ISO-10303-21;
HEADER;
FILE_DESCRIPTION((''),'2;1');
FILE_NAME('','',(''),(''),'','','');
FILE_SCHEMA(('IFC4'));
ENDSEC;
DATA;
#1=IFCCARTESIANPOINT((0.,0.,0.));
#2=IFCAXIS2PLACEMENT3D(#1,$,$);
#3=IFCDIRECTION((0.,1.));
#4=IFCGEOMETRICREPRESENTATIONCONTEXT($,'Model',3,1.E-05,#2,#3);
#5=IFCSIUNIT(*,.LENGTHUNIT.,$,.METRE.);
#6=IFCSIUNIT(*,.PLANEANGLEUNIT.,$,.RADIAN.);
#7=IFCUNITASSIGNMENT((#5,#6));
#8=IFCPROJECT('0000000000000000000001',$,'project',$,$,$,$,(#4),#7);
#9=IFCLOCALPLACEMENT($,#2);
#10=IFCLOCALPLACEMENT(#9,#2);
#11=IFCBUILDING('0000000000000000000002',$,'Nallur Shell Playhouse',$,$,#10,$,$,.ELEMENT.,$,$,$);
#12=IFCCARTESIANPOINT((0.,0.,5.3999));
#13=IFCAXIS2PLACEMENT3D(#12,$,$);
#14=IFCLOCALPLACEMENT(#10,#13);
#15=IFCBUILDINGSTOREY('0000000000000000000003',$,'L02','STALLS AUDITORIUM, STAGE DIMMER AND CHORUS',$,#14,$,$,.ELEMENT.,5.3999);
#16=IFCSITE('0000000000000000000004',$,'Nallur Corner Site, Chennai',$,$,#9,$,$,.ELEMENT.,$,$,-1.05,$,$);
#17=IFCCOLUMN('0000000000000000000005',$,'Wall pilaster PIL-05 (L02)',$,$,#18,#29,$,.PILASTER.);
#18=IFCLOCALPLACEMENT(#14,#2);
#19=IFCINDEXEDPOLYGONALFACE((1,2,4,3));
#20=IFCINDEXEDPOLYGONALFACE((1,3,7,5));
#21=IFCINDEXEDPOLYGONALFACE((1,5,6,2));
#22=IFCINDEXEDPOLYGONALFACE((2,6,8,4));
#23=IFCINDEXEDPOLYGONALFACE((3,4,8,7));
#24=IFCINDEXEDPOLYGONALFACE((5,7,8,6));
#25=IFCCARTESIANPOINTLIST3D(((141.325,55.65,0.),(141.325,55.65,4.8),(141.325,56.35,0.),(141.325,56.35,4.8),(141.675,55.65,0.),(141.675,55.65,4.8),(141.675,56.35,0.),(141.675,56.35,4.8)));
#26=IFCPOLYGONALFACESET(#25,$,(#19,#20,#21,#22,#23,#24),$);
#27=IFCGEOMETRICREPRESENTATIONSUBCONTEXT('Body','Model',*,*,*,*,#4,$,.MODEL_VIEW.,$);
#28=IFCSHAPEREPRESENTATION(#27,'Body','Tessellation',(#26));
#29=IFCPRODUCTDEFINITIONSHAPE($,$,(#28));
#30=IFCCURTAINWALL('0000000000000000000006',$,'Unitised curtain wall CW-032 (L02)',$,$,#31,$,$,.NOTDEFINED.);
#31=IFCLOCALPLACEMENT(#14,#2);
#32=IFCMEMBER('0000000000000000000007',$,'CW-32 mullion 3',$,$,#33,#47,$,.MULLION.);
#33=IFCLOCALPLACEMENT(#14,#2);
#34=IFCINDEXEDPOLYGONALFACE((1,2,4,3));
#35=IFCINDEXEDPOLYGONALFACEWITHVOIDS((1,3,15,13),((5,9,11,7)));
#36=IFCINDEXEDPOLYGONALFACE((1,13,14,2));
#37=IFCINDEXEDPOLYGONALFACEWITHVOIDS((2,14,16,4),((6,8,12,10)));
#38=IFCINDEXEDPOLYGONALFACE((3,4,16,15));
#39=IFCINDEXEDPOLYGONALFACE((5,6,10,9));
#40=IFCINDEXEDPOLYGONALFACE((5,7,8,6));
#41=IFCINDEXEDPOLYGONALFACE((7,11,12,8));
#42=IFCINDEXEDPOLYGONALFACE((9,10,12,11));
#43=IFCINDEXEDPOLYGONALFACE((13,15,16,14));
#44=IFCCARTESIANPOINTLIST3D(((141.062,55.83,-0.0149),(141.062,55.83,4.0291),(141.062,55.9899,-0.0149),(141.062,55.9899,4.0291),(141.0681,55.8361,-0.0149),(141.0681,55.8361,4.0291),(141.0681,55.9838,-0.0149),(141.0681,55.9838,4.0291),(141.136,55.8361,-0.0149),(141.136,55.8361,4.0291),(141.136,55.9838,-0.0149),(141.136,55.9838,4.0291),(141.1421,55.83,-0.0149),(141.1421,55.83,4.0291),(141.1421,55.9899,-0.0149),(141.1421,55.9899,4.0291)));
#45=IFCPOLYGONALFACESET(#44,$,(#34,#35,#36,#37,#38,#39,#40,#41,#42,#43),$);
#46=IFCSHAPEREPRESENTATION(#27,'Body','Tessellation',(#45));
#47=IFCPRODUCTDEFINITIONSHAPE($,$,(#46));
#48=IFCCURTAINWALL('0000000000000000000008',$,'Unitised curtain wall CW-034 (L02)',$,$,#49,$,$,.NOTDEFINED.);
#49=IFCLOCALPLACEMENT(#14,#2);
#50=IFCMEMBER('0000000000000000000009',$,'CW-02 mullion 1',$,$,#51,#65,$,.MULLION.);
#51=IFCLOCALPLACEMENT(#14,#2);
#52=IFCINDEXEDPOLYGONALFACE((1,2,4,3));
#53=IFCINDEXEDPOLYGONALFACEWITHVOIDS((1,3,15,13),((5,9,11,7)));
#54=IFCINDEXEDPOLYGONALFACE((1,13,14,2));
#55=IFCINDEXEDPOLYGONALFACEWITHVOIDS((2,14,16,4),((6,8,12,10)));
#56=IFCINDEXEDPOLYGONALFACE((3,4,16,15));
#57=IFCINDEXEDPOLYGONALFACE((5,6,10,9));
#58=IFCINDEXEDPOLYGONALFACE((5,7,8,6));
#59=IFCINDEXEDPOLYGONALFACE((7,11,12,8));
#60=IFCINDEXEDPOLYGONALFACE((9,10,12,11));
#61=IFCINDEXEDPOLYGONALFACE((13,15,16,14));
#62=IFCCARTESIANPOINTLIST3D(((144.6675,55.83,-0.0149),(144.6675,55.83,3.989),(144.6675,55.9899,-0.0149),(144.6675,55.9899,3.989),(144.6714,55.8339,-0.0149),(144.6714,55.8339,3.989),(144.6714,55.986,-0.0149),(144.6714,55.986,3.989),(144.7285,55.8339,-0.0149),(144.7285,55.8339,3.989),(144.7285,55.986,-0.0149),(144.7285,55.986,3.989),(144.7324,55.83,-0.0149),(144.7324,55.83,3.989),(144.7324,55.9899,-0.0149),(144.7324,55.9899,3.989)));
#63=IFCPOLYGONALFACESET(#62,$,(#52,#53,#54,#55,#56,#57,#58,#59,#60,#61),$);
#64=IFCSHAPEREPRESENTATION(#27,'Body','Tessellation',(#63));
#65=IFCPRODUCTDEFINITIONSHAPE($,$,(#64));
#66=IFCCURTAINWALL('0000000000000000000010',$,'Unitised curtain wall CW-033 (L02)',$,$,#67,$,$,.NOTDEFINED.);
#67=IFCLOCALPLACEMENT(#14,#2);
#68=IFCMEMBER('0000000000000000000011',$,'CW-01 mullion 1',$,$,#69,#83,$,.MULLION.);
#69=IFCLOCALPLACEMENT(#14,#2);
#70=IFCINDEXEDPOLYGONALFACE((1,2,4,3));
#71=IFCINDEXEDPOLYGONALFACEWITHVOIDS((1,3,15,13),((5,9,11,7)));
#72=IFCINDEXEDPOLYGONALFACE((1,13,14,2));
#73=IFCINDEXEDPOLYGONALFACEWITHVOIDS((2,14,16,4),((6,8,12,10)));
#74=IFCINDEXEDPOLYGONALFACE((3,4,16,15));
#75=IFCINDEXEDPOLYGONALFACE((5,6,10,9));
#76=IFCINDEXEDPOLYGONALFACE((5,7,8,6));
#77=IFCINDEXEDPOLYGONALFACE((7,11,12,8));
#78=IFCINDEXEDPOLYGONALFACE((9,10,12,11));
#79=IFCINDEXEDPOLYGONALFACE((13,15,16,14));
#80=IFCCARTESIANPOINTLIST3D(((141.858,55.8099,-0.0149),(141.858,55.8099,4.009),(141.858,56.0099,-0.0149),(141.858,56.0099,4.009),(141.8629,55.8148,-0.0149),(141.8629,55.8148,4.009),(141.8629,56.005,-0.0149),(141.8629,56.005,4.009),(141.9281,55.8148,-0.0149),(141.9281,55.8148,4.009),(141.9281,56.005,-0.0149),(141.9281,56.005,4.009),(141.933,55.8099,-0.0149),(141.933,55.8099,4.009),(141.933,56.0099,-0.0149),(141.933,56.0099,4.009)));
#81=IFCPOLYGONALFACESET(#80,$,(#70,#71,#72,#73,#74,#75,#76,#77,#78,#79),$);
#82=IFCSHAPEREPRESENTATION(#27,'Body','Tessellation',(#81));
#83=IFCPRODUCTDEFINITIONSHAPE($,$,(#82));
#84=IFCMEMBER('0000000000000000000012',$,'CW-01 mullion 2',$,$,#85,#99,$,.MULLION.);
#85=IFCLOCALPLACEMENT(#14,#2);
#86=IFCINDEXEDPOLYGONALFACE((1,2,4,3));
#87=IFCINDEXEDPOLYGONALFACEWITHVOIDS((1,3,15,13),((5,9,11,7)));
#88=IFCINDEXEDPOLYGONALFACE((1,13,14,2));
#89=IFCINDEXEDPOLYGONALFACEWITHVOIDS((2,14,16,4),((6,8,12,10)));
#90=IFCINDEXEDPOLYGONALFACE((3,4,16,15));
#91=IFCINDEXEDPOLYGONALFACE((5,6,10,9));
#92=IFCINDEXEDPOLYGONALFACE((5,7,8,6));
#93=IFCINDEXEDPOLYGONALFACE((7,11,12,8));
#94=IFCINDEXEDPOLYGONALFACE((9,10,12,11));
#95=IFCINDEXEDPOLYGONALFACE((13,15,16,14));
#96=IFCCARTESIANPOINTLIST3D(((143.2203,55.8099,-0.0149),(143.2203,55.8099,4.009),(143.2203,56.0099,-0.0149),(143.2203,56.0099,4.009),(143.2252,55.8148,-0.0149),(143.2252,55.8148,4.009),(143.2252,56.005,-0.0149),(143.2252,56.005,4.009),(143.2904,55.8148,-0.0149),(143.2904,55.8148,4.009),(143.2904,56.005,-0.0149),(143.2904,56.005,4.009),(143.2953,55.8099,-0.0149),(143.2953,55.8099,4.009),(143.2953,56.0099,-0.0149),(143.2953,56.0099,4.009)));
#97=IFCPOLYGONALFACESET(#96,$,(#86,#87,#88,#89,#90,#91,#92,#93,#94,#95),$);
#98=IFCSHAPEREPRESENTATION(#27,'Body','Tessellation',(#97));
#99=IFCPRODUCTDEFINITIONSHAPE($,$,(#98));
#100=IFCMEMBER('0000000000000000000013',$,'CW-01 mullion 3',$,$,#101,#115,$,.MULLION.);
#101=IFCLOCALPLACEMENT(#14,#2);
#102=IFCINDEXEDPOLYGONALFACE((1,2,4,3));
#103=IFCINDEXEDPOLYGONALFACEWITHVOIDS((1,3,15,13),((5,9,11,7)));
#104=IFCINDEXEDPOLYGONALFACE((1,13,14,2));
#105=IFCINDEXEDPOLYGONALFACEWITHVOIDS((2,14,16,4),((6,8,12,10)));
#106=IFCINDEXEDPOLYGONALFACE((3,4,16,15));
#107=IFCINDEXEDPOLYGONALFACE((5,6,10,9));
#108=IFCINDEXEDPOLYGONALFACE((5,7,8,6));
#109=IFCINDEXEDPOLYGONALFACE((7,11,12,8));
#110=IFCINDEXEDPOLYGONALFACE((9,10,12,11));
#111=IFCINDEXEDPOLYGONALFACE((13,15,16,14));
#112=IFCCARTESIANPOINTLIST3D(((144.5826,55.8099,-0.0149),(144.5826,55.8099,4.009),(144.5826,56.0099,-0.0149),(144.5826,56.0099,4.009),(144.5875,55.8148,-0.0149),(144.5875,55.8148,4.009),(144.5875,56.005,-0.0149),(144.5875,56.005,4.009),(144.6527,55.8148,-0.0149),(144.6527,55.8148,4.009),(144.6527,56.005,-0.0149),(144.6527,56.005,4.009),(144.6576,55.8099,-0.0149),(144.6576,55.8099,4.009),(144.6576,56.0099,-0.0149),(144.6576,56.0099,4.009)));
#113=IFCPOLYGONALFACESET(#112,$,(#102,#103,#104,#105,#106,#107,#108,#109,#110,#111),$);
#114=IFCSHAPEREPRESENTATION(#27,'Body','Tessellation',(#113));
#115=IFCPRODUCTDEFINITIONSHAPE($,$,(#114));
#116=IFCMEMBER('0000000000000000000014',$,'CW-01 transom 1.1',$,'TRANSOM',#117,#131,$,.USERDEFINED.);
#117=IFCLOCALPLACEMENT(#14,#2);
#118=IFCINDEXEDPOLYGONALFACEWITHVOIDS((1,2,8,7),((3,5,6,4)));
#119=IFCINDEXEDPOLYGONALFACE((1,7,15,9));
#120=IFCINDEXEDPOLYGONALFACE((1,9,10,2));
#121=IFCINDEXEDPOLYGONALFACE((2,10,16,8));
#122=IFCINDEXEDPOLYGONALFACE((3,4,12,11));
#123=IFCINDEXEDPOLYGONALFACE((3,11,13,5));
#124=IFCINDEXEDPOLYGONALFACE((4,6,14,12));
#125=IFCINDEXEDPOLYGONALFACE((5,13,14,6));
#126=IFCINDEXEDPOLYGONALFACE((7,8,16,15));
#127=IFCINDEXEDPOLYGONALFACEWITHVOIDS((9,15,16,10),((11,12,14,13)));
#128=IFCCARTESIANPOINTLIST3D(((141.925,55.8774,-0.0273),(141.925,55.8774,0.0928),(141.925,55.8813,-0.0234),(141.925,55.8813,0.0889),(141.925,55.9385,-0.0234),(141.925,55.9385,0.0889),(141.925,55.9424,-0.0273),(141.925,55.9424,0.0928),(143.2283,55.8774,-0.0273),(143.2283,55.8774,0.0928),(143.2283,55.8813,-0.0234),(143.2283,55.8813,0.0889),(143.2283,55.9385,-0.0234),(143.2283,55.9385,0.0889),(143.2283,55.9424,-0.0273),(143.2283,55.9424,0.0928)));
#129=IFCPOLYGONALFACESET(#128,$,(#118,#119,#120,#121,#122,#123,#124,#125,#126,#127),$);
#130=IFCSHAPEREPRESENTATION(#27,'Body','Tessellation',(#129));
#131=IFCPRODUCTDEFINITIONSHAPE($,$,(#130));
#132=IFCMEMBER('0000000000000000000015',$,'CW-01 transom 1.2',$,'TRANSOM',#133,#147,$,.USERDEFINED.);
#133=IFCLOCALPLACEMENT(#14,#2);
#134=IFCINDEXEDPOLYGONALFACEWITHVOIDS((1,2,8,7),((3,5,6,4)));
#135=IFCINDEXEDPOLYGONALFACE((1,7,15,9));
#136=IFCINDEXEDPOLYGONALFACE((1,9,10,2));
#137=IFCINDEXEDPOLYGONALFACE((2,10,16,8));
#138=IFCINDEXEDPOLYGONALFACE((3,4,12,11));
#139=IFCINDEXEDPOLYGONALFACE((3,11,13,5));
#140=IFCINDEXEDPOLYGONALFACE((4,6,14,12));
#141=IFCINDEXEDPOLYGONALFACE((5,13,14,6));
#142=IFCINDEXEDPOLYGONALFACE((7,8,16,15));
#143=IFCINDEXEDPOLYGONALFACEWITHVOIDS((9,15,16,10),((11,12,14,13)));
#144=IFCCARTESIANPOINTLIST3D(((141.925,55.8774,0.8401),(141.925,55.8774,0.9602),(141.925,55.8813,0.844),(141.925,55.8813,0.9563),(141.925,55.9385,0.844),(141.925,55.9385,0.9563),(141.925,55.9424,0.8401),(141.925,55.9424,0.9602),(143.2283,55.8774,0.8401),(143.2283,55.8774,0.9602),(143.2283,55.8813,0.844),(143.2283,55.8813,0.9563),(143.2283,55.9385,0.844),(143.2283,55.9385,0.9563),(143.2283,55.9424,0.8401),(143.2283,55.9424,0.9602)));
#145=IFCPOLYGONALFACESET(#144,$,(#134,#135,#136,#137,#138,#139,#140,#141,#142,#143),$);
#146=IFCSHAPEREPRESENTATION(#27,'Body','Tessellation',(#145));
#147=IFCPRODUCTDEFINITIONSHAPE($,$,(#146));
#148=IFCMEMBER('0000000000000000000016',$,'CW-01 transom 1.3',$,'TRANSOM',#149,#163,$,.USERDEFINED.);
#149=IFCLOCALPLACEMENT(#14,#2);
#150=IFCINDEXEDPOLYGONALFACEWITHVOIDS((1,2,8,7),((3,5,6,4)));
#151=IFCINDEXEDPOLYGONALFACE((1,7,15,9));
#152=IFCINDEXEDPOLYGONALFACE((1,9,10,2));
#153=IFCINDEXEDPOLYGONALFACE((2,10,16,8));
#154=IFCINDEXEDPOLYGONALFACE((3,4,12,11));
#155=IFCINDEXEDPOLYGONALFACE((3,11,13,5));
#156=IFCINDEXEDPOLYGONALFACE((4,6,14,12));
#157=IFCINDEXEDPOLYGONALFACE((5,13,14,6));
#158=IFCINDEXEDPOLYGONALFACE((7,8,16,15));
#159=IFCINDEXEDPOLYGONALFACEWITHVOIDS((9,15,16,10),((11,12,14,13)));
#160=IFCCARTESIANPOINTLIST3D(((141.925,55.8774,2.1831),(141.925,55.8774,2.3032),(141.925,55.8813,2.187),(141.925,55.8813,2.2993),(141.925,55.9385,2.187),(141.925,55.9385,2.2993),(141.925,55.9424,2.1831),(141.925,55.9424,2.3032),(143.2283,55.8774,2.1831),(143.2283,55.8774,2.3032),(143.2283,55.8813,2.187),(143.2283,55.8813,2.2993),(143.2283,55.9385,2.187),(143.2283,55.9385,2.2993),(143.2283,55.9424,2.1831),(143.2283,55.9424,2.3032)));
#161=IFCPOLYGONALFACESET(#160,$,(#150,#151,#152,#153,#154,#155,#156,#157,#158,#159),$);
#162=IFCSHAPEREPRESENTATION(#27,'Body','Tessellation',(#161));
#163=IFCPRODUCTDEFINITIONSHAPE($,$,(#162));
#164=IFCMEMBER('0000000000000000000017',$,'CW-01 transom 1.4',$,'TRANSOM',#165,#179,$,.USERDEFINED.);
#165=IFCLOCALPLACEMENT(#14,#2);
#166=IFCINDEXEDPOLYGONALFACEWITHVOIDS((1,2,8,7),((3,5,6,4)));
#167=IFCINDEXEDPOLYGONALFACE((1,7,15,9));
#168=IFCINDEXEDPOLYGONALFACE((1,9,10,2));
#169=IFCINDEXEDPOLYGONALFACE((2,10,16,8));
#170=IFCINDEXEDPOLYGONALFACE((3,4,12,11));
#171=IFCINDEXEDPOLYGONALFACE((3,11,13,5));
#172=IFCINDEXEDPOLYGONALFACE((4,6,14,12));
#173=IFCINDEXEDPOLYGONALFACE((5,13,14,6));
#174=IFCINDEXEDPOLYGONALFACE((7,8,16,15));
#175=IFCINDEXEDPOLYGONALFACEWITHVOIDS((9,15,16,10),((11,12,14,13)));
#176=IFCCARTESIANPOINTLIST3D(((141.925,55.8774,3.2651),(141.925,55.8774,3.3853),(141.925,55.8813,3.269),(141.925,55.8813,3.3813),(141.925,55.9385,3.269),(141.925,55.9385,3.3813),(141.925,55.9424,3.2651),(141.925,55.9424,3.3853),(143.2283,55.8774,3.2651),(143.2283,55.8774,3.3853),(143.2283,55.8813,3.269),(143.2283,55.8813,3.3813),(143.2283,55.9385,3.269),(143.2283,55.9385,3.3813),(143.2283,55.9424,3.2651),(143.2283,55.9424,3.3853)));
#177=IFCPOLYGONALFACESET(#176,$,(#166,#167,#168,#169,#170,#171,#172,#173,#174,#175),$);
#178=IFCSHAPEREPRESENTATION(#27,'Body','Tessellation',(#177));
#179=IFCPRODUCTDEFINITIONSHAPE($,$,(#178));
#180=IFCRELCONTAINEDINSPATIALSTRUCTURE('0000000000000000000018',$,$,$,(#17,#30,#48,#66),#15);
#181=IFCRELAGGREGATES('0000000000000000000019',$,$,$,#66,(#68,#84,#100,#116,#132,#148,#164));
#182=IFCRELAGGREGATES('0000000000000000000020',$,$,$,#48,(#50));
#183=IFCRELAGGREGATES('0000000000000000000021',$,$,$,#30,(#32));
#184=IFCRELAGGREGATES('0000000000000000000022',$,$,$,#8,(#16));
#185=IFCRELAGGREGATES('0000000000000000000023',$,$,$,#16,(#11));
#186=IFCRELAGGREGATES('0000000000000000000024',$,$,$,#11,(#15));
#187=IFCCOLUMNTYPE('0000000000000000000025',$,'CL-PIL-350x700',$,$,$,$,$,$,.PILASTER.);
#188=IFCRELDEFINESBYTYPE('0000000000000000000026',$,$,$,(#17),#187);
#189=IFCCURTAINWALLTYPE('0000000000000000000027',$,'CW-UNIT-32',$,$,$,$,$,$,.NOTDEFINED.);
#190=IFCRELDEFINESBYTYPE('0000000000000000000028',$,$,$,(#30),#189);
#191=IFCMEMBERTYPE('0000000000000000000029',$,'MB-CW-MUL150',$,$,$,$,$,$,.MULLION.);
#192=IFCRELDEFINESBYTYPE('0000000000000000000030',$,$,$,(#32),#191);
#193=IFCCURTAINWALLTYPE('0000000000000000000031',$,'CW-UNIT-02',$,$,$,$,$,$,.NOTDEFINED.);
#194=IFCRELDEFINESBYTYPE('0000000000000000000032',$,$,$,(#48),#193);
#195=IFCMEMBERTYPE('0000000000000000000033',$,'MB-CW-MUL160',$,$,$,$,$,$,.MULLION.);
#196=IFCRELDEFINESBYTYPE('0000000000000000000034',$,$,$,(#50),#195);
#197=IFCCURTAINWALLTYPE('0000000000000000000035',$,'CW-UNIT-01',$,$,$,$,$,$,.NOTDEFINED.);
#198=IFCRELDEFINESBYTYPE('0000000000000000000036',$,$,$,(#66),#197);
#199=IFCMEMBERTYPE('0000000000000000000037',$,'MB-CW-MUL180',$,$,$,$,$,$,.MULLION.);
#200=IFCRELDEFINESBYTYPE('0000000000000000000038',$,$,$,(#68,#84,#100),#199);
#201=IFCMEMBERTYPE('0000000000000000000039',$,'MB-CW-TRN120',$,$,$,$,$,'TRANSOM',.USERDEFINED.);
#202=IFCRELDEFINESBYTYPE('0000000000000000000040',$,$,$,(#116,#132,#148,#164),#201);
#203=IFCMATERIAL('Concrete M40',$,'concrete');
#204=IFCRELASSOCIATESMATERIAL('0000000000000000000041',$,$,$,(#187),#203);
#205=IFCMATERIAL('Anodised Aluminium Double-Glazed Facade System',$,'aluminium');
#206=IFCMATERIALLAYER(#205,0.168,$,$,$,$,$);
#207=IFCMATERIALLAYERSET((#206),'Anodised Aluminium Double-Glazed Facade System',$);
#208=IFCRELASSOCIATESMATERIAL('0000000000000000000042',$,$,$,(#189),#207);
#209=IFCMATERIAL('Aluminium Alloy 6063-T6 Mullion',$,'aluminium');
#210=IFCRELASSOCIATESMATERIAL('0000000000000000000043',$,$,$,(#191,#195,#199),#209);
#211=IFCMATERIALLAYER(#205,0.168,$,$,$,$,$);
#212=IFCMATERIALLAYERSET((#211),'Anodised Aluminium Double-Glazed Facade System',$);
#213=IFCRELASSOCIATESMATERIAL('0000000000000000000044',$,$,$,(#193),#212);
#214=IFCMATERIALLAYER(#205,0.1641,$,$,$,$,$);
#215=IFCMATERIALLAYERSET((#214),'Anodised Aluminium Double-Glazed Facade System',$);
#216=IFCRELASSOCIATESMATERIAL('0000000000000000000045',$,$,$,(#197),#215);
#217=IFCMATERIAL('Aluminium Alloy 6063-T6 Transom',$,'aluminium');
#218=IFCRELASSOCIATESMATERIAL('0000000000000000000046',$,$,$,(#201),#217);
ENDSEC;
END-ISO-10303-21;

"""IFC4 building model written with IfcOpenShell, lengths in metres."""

from ifc_helpers import new_model, si_unit, direction, frame, origin, origin_2d, place, context, subcontext, project, spatial, rectangle, hollow_rectangle, extrude, material, layer, layer_set, material_profile, profile_set, type_object, element, aggregate, save


model = new_model("IFC4")

# Units and contexts
model_context = context("Model", 3, precision=1e-05, world=origin(), true_north=direction((0.0, 1.0)))
body_context = subcontext(model_context, "Body", "Model", "MODEL_VIEW")
ifc_project = project(units=[si_unit("LENGTHUNIT", "METRE"), si_unit("PLANEANGLEUNIT", "RADIAN")], contexts=[model_context])

# Site, building, storey
site_placement = place(None, origin())
site = spatial("IfcSite", under=ifc_project, at=site_placement, Name="Nallur Corner Site, Chennai", CompositionType="ELEMENT", RefElevation=-1.05)
building_placement = place(site_placement, origin())
building = spatial("IfcBuilding", under=site, at=building_placement, Name="Nallur Shell Playhouse", CompositionType="ELEMENT")
storey_placement = place(building_placement, frame((0.0, 0.0, 5.3999)))
storey = spatial("IfcBuildingStorey", under=building, at=storey_placement, Name="L02", Description="STALLS AUDITORIUM, STAGE DIMMER AND CHORUS", CompositionType="ELEMENT", Elevation=5.3999)

# Column
ifc_material_1 = material(Name="Concrete M40", Category="concrete")
ifc_material_profile_1 = material_profile(ifc_material_1, rectangle(XDim=0.3501, YDim=0.7, at=origin_2d()), Name="RC 350x700")
ifc_profile_set_1 = profile_set([ifc_material_profile_1], Name="Concrete M40")
column_type = type_object("IfcColumnType", Name="CL-PIL-350x700", PredefinedType="PILASTER", material=ifc_profile_set_1)
column_placement = place(storey_placement, frame((141.5, 56.0, 0.0), z_axis=(0.0, 0.0, 1.0), x_axis=(1.0, 0.0, 0.0)))
element("IfcColumn", 1, at=column_placement, inside=storey, type_object=column_type, Name="Wall pilaster PIL-05 (L02)", PredefinedType="PILASTER", context=body_context, shape_type="SweptSolid", body=[
    extrude(rectangle(XDim=0.3501, YDim=0.7, at=origin_2d()), origin(), (0.0, 0.0, 1.0), 4.8),
])

# Curtain walls, members
ifc_material_2 = material(Name="Anodised Aluminium Double-Glazed Facade System", Category="aluminium")
ifc_layer_1 = layer(ifc_material_2, 0.168)
ifc_layer_set_1 = layer_set([ifc_layer_1], Name="Anodised Aluminium Double-Glazed Facade System")
curtain_wall_type_1 = type_object("IfcCurtainWallType", Name="CW-UNIT-32", PredefinedType="NOTDEFINED", material=ifc_layer_set_1)
curtain_wall_1_placement = place(storey_placement, origin())
curtain_wall_1 = element("IfcCurtainWall", 2, at=curtain_wall_1_placement, inside=storey, type_object=curtain_wall_type_1, Name="Unitised curtain wall CW-032 (L02)", PredefinedType="NOTDEFINED")
ifc_material_3 = material(Name="Aluminium Alloy 6063-T6 Mullion", Category="aluminium")
ifc_material_profile_2 = material_profile(ifc_material_3, hollow_rectangle(XDim=0.0801, YDim=0.1599, WallThickness=0.0061, at=origin_2d()), Name="RHS 160x80x6")
ifc_profile_set_2 = profile_set([ifc_material_profile_2], Name="Aluminium Alloy 6063-T6 Mullion")
member_type_1 = type_object("IfcMemberType", Name="MB-CW-MUL150", PredefinedType="MULLION", material=ifc_profile_set_2)
member_1_placement = place(storey_placement, frame((141.1021, 55.9099, -0.0149), z_axis=(0.0, 0.0, 1.0), x_axis=(1.0, 0.0, 0.0)))
member_1 = element("IfcMember", 3, at=member_1_placement, type_object=member_type_1, Name="CW-32 mullion 3", PredefinedType="MULLION", context=body_context, shape_type="SweptSolid", body=[
    extrude(hollow_rectangle(XDim=0.0801, YDim=0.1599, WallThickness=0.0061, at=origin_2d()), origin(), (0.0, 0.0, 1.0), 4.0439),
])
ifc_layer_2 = layer(ifc_material_2, 0.168)
ifc_layer_set_2 = layer_set([ifc_layer_2], Name="Anodised Aluminium Double-Glazed Facade System")
curtain_wall_type_2 = type_object("IfcCurtainWallType", Name="CW-UNIT-02", PredefinedType="NOTDEFINED", material=ifc_layer_set_2)
curtain_wall_2_placement = place(storey_placement, origin())
curtain_wall_2 = element("IfcCurtainWall", 4, at=curtain_wall_2_placement, inside=storey, type_object=curtain_wall_type_2, Name="Unitised curtain wall CW-034 (L02)", PredefinedType="NOTDEFINED")
ifc_material_profile_3 = material_profile(ifc_material_3, hollow_rectangle(XDim=0.0649, YDim=0.1599, WallThickness=0.0039, at=origin_2d()), Name="ALU 65x160x4")
ifc_profile_set_3 = profile_set([ifc_material_profile_3], Name="Aluminium Alloy 6063-T6 Mullion")
member_type_2 = type_object("IfcMemberType", Name="MB-CW-MUL160", PredefinedType="MULLION", material=ifc_profile_set_3)
member_2_placement = place(storey_placement, frame((144.7, 55.9099, -0.0149), z_axis=(0.0, 0.0, 1.0), x_axis=(1.0, 0.0, 0.0)))
member_2 = element("IfcMember", 5, at=member_2_placement, type_object=member_type_2, Name="CW-02 mullion 1", PredefinedType="MULLION", context=body_context, shape_type="SweptSolid", body=[
    extrude(hollow_rectangle(XDim=0.0649, YDim=0.1599, WallThickness=0.0039, at=origin_2d()), origin(), (0.0, 0.0, 1.0), 4.0039),
])

# Curtain wall, members
ifc_layer_3 = layer(ifc_material_2, 0.1641)
ifc_layer_set_3 = layer_set([ifc_layer_3], Name="Anodised Aluminium Double-Glazed Facade System")
curtain_wall_type_3 = type_object("IfcCurtainWallType", Name="CW-UNIT-01", PredefinedType="NOTDEFINED", material=ifc_layer_set_3)
curtain_wall_3_placement = place(storey_placement, origin())
curtain_wall_3 = element("IfcCurtainWall", 6, at=curtain_wall_3_placement, inside=storey, type_object=curtain_wall_type_3, Name="Unitised curtain wall CW-033 (L02)", PredefinedType="NOTDEFINED")
ifc_material_profile_4 = material_profile(ifc_material_3, hollow_rectangle(XDim=0.075, YDim=0.2, WallThickness=0.0049, at=origin_2d()), Name="ALU 75x200x5")
ifc_profile_set_4 = profile_set([ifc_material_profile_4], Name="Aluminium Alloy 6063-T6 Mullion")
member_type_3 = type_object("IfcMemberType", Name="MB-CW-MUL180", PredefinedType="MULLION", material=ifc_profile_set_4)
member_3_placement = place(storey_placement, frame((141.8955, 55.9099, -0.0149), z_axis=(0.0, 0.0, 1.0), x_axis=(1.0, 0.0, 0.0)))
member_3 = element("IfcMember", 7, at=member_3_placement, type_object=member_type_3, Name="CW-01 mullion 1", PredefinedType="MULLION", context=body_context, shape_type="SweptSolid", body=[
    extrude(hollow_rectangle(XDim=0.075, YDim=0.2, WallThickness=0.0049, at=origin_2d()), origin(), (0.0, 0.0, 1.0), 4.0239),
])
member_4_placement = place(storey_placement, frame((143.2578, 55.9099, -0.0149), z_axis=(0.0, 0.0, 1.0), x_axis=(1.0, 0.0, 0.0)))
member_4 = element("IfcMember", 8, at=member_4_placement, type_object=member_type_3, Name="CW-01 mullion 2", PredefinedType="MULLION", context=body_context, shape_type="SweptSolid", body=[
    extrude(hollow_rectangle(XDim=0.075, YDim=0.2, WallThickness=0.0049, at=origin_2d()), origin(), (0.0, 0.0, 1.0), 4.0239),
])
member_5_placement = place(storey_placement, frame((144.6201, 55.9099, -0.0149), z_axis=(0.0, 0.0, 1.0), x_axis=(1.0, 0.0, 0.0)))
member_5 = element("IfcMember", 9, at=member_5_placement, type_object=member_type_3, Name="CW-01 mullion 3", PredefinedType="MULLION", context=body_context, shape_type="SweptSolid", body=[
    extrude(hollow_rectangle(XDim=0.075, YDim=0.2, WallThickness=0.0049, at=origin_2d()), origin(), (0.0, 0.0, 1.0), 4.0239),
])
ifc_material_4 = material(Name="Aluminium Alloy 6063-T6 Transom", Category="aluminium")
ifc_material_profile_5 = material_profile(ifc_material_4, hollow_rectangle(XDim=0.0649, YDim=0.1201, WallThickness=0.0039, at=origin_2d()), Name="ALU 65x120x4")
ifc_profile_set_5 = profile_set([ifc_material_profile_5], Name="Aluminium Alloy 6063-T6 Transom")
member_type_4 = type_object("IfcMemberType", Name="MB-CW-TRN120", ElementType="TRANSOM", PredefinedType="USERDEFINED", material=ifc_profile_set_5)
member_6_placement = place(storey_placement, frame((141.925, 55.9099, 0.0327), z_axis=(1.0, 0.0, 0.0), x_axis=(0.0, 1.0, 0.0)))
member_6 = element("IfcMember", 10, at=member_6_placement, type_object=member_type_4, Name="CW-01 transom 1.1", ObjectType="TRANSOM", PredefinedType="USERDEFINED", context=body_context, shape_type="SweptSolid", body=[
    extrude(hollow_rectangle(XDim=0.0649, YDim=0.1201, WallThickness=0.0039, at=origin_2d()), origin(), (0.0, 0.0, 1.0), 1.3032),
])
member_7_placement = place(storey_placement, frame((141.925, 55.9099, 0.9001), z_axis=(1.0, 0.0, 0.0), x_axis=(0.0, 1.0, 0.0)))
member_7 = element("IfcMember", 11, at=member_7_placement, type_object=member_type_4, Name="CW-01 transom 1.2", ObjectType="TRANSOM", PredefinedType="USERDEFINED", context=body_context, shape_type="SweptSolid", body=[
    extrude(hollow_rectangle(XDim=0.0649, YDim=0.1201, WallThickness=0.0039, at=origin_2d()), origin(), (0.0, 0.0, 1.0), 1.3032),
])
member_8_placement = place(storey_placement, frame((141.925, 55.9099, 2.2432), z_axis=(1.0, 0.0, 0.0), x_axis=(0.0, 1.0, 0.0)))
member_8 = element("IfcMember", 12, at=member_8_placement, type_object=member_type_4, Name="CW-01 transom 1.3", ObjectType="TRANSOM", PredefinedType="USERDEFINED", context=body_context, shape_type="SweptSolid", body=[
    extrude(hollow_rectangle(XDim=0.0649, YDim=0.1201, WallThickness=0.0039, at=origin_2d()), origin(), (0.0, 0.0, 1.0), 1.3032),
])
member_9_placement = place(storey_placement, frame((141.925, 55.9099, 3.3252), z_axis=(1.0, 0.0, 0.0), x_axis=(0.0, 1.0, 0.0)))
member_9 = element("IfcMember", 13, at=member_9_placement, type_object=member_type_4, Name="CW-01 transom 1.4", ObjectType="TRANSOM", PredefinedType="USERDEFINED", context=body_context, shape_type="SweptSolid", body=[
    extrude(hollow_rectangle(XDim=0.0649, YDim=0.1201, WallThickness=0.0039, at=origin_2d()), origin(), (0.0, 0.0, 1.0), 1.3032),
])

aggregate(curtain_wall_3, [member_3, member_4, member_5, member_6, member_7, member_8, member_9])
aggregate(curtain_wall_2, [member_2])
aggregate(curtain_wall_1, [member_1])

save(model, "model.ifc")
